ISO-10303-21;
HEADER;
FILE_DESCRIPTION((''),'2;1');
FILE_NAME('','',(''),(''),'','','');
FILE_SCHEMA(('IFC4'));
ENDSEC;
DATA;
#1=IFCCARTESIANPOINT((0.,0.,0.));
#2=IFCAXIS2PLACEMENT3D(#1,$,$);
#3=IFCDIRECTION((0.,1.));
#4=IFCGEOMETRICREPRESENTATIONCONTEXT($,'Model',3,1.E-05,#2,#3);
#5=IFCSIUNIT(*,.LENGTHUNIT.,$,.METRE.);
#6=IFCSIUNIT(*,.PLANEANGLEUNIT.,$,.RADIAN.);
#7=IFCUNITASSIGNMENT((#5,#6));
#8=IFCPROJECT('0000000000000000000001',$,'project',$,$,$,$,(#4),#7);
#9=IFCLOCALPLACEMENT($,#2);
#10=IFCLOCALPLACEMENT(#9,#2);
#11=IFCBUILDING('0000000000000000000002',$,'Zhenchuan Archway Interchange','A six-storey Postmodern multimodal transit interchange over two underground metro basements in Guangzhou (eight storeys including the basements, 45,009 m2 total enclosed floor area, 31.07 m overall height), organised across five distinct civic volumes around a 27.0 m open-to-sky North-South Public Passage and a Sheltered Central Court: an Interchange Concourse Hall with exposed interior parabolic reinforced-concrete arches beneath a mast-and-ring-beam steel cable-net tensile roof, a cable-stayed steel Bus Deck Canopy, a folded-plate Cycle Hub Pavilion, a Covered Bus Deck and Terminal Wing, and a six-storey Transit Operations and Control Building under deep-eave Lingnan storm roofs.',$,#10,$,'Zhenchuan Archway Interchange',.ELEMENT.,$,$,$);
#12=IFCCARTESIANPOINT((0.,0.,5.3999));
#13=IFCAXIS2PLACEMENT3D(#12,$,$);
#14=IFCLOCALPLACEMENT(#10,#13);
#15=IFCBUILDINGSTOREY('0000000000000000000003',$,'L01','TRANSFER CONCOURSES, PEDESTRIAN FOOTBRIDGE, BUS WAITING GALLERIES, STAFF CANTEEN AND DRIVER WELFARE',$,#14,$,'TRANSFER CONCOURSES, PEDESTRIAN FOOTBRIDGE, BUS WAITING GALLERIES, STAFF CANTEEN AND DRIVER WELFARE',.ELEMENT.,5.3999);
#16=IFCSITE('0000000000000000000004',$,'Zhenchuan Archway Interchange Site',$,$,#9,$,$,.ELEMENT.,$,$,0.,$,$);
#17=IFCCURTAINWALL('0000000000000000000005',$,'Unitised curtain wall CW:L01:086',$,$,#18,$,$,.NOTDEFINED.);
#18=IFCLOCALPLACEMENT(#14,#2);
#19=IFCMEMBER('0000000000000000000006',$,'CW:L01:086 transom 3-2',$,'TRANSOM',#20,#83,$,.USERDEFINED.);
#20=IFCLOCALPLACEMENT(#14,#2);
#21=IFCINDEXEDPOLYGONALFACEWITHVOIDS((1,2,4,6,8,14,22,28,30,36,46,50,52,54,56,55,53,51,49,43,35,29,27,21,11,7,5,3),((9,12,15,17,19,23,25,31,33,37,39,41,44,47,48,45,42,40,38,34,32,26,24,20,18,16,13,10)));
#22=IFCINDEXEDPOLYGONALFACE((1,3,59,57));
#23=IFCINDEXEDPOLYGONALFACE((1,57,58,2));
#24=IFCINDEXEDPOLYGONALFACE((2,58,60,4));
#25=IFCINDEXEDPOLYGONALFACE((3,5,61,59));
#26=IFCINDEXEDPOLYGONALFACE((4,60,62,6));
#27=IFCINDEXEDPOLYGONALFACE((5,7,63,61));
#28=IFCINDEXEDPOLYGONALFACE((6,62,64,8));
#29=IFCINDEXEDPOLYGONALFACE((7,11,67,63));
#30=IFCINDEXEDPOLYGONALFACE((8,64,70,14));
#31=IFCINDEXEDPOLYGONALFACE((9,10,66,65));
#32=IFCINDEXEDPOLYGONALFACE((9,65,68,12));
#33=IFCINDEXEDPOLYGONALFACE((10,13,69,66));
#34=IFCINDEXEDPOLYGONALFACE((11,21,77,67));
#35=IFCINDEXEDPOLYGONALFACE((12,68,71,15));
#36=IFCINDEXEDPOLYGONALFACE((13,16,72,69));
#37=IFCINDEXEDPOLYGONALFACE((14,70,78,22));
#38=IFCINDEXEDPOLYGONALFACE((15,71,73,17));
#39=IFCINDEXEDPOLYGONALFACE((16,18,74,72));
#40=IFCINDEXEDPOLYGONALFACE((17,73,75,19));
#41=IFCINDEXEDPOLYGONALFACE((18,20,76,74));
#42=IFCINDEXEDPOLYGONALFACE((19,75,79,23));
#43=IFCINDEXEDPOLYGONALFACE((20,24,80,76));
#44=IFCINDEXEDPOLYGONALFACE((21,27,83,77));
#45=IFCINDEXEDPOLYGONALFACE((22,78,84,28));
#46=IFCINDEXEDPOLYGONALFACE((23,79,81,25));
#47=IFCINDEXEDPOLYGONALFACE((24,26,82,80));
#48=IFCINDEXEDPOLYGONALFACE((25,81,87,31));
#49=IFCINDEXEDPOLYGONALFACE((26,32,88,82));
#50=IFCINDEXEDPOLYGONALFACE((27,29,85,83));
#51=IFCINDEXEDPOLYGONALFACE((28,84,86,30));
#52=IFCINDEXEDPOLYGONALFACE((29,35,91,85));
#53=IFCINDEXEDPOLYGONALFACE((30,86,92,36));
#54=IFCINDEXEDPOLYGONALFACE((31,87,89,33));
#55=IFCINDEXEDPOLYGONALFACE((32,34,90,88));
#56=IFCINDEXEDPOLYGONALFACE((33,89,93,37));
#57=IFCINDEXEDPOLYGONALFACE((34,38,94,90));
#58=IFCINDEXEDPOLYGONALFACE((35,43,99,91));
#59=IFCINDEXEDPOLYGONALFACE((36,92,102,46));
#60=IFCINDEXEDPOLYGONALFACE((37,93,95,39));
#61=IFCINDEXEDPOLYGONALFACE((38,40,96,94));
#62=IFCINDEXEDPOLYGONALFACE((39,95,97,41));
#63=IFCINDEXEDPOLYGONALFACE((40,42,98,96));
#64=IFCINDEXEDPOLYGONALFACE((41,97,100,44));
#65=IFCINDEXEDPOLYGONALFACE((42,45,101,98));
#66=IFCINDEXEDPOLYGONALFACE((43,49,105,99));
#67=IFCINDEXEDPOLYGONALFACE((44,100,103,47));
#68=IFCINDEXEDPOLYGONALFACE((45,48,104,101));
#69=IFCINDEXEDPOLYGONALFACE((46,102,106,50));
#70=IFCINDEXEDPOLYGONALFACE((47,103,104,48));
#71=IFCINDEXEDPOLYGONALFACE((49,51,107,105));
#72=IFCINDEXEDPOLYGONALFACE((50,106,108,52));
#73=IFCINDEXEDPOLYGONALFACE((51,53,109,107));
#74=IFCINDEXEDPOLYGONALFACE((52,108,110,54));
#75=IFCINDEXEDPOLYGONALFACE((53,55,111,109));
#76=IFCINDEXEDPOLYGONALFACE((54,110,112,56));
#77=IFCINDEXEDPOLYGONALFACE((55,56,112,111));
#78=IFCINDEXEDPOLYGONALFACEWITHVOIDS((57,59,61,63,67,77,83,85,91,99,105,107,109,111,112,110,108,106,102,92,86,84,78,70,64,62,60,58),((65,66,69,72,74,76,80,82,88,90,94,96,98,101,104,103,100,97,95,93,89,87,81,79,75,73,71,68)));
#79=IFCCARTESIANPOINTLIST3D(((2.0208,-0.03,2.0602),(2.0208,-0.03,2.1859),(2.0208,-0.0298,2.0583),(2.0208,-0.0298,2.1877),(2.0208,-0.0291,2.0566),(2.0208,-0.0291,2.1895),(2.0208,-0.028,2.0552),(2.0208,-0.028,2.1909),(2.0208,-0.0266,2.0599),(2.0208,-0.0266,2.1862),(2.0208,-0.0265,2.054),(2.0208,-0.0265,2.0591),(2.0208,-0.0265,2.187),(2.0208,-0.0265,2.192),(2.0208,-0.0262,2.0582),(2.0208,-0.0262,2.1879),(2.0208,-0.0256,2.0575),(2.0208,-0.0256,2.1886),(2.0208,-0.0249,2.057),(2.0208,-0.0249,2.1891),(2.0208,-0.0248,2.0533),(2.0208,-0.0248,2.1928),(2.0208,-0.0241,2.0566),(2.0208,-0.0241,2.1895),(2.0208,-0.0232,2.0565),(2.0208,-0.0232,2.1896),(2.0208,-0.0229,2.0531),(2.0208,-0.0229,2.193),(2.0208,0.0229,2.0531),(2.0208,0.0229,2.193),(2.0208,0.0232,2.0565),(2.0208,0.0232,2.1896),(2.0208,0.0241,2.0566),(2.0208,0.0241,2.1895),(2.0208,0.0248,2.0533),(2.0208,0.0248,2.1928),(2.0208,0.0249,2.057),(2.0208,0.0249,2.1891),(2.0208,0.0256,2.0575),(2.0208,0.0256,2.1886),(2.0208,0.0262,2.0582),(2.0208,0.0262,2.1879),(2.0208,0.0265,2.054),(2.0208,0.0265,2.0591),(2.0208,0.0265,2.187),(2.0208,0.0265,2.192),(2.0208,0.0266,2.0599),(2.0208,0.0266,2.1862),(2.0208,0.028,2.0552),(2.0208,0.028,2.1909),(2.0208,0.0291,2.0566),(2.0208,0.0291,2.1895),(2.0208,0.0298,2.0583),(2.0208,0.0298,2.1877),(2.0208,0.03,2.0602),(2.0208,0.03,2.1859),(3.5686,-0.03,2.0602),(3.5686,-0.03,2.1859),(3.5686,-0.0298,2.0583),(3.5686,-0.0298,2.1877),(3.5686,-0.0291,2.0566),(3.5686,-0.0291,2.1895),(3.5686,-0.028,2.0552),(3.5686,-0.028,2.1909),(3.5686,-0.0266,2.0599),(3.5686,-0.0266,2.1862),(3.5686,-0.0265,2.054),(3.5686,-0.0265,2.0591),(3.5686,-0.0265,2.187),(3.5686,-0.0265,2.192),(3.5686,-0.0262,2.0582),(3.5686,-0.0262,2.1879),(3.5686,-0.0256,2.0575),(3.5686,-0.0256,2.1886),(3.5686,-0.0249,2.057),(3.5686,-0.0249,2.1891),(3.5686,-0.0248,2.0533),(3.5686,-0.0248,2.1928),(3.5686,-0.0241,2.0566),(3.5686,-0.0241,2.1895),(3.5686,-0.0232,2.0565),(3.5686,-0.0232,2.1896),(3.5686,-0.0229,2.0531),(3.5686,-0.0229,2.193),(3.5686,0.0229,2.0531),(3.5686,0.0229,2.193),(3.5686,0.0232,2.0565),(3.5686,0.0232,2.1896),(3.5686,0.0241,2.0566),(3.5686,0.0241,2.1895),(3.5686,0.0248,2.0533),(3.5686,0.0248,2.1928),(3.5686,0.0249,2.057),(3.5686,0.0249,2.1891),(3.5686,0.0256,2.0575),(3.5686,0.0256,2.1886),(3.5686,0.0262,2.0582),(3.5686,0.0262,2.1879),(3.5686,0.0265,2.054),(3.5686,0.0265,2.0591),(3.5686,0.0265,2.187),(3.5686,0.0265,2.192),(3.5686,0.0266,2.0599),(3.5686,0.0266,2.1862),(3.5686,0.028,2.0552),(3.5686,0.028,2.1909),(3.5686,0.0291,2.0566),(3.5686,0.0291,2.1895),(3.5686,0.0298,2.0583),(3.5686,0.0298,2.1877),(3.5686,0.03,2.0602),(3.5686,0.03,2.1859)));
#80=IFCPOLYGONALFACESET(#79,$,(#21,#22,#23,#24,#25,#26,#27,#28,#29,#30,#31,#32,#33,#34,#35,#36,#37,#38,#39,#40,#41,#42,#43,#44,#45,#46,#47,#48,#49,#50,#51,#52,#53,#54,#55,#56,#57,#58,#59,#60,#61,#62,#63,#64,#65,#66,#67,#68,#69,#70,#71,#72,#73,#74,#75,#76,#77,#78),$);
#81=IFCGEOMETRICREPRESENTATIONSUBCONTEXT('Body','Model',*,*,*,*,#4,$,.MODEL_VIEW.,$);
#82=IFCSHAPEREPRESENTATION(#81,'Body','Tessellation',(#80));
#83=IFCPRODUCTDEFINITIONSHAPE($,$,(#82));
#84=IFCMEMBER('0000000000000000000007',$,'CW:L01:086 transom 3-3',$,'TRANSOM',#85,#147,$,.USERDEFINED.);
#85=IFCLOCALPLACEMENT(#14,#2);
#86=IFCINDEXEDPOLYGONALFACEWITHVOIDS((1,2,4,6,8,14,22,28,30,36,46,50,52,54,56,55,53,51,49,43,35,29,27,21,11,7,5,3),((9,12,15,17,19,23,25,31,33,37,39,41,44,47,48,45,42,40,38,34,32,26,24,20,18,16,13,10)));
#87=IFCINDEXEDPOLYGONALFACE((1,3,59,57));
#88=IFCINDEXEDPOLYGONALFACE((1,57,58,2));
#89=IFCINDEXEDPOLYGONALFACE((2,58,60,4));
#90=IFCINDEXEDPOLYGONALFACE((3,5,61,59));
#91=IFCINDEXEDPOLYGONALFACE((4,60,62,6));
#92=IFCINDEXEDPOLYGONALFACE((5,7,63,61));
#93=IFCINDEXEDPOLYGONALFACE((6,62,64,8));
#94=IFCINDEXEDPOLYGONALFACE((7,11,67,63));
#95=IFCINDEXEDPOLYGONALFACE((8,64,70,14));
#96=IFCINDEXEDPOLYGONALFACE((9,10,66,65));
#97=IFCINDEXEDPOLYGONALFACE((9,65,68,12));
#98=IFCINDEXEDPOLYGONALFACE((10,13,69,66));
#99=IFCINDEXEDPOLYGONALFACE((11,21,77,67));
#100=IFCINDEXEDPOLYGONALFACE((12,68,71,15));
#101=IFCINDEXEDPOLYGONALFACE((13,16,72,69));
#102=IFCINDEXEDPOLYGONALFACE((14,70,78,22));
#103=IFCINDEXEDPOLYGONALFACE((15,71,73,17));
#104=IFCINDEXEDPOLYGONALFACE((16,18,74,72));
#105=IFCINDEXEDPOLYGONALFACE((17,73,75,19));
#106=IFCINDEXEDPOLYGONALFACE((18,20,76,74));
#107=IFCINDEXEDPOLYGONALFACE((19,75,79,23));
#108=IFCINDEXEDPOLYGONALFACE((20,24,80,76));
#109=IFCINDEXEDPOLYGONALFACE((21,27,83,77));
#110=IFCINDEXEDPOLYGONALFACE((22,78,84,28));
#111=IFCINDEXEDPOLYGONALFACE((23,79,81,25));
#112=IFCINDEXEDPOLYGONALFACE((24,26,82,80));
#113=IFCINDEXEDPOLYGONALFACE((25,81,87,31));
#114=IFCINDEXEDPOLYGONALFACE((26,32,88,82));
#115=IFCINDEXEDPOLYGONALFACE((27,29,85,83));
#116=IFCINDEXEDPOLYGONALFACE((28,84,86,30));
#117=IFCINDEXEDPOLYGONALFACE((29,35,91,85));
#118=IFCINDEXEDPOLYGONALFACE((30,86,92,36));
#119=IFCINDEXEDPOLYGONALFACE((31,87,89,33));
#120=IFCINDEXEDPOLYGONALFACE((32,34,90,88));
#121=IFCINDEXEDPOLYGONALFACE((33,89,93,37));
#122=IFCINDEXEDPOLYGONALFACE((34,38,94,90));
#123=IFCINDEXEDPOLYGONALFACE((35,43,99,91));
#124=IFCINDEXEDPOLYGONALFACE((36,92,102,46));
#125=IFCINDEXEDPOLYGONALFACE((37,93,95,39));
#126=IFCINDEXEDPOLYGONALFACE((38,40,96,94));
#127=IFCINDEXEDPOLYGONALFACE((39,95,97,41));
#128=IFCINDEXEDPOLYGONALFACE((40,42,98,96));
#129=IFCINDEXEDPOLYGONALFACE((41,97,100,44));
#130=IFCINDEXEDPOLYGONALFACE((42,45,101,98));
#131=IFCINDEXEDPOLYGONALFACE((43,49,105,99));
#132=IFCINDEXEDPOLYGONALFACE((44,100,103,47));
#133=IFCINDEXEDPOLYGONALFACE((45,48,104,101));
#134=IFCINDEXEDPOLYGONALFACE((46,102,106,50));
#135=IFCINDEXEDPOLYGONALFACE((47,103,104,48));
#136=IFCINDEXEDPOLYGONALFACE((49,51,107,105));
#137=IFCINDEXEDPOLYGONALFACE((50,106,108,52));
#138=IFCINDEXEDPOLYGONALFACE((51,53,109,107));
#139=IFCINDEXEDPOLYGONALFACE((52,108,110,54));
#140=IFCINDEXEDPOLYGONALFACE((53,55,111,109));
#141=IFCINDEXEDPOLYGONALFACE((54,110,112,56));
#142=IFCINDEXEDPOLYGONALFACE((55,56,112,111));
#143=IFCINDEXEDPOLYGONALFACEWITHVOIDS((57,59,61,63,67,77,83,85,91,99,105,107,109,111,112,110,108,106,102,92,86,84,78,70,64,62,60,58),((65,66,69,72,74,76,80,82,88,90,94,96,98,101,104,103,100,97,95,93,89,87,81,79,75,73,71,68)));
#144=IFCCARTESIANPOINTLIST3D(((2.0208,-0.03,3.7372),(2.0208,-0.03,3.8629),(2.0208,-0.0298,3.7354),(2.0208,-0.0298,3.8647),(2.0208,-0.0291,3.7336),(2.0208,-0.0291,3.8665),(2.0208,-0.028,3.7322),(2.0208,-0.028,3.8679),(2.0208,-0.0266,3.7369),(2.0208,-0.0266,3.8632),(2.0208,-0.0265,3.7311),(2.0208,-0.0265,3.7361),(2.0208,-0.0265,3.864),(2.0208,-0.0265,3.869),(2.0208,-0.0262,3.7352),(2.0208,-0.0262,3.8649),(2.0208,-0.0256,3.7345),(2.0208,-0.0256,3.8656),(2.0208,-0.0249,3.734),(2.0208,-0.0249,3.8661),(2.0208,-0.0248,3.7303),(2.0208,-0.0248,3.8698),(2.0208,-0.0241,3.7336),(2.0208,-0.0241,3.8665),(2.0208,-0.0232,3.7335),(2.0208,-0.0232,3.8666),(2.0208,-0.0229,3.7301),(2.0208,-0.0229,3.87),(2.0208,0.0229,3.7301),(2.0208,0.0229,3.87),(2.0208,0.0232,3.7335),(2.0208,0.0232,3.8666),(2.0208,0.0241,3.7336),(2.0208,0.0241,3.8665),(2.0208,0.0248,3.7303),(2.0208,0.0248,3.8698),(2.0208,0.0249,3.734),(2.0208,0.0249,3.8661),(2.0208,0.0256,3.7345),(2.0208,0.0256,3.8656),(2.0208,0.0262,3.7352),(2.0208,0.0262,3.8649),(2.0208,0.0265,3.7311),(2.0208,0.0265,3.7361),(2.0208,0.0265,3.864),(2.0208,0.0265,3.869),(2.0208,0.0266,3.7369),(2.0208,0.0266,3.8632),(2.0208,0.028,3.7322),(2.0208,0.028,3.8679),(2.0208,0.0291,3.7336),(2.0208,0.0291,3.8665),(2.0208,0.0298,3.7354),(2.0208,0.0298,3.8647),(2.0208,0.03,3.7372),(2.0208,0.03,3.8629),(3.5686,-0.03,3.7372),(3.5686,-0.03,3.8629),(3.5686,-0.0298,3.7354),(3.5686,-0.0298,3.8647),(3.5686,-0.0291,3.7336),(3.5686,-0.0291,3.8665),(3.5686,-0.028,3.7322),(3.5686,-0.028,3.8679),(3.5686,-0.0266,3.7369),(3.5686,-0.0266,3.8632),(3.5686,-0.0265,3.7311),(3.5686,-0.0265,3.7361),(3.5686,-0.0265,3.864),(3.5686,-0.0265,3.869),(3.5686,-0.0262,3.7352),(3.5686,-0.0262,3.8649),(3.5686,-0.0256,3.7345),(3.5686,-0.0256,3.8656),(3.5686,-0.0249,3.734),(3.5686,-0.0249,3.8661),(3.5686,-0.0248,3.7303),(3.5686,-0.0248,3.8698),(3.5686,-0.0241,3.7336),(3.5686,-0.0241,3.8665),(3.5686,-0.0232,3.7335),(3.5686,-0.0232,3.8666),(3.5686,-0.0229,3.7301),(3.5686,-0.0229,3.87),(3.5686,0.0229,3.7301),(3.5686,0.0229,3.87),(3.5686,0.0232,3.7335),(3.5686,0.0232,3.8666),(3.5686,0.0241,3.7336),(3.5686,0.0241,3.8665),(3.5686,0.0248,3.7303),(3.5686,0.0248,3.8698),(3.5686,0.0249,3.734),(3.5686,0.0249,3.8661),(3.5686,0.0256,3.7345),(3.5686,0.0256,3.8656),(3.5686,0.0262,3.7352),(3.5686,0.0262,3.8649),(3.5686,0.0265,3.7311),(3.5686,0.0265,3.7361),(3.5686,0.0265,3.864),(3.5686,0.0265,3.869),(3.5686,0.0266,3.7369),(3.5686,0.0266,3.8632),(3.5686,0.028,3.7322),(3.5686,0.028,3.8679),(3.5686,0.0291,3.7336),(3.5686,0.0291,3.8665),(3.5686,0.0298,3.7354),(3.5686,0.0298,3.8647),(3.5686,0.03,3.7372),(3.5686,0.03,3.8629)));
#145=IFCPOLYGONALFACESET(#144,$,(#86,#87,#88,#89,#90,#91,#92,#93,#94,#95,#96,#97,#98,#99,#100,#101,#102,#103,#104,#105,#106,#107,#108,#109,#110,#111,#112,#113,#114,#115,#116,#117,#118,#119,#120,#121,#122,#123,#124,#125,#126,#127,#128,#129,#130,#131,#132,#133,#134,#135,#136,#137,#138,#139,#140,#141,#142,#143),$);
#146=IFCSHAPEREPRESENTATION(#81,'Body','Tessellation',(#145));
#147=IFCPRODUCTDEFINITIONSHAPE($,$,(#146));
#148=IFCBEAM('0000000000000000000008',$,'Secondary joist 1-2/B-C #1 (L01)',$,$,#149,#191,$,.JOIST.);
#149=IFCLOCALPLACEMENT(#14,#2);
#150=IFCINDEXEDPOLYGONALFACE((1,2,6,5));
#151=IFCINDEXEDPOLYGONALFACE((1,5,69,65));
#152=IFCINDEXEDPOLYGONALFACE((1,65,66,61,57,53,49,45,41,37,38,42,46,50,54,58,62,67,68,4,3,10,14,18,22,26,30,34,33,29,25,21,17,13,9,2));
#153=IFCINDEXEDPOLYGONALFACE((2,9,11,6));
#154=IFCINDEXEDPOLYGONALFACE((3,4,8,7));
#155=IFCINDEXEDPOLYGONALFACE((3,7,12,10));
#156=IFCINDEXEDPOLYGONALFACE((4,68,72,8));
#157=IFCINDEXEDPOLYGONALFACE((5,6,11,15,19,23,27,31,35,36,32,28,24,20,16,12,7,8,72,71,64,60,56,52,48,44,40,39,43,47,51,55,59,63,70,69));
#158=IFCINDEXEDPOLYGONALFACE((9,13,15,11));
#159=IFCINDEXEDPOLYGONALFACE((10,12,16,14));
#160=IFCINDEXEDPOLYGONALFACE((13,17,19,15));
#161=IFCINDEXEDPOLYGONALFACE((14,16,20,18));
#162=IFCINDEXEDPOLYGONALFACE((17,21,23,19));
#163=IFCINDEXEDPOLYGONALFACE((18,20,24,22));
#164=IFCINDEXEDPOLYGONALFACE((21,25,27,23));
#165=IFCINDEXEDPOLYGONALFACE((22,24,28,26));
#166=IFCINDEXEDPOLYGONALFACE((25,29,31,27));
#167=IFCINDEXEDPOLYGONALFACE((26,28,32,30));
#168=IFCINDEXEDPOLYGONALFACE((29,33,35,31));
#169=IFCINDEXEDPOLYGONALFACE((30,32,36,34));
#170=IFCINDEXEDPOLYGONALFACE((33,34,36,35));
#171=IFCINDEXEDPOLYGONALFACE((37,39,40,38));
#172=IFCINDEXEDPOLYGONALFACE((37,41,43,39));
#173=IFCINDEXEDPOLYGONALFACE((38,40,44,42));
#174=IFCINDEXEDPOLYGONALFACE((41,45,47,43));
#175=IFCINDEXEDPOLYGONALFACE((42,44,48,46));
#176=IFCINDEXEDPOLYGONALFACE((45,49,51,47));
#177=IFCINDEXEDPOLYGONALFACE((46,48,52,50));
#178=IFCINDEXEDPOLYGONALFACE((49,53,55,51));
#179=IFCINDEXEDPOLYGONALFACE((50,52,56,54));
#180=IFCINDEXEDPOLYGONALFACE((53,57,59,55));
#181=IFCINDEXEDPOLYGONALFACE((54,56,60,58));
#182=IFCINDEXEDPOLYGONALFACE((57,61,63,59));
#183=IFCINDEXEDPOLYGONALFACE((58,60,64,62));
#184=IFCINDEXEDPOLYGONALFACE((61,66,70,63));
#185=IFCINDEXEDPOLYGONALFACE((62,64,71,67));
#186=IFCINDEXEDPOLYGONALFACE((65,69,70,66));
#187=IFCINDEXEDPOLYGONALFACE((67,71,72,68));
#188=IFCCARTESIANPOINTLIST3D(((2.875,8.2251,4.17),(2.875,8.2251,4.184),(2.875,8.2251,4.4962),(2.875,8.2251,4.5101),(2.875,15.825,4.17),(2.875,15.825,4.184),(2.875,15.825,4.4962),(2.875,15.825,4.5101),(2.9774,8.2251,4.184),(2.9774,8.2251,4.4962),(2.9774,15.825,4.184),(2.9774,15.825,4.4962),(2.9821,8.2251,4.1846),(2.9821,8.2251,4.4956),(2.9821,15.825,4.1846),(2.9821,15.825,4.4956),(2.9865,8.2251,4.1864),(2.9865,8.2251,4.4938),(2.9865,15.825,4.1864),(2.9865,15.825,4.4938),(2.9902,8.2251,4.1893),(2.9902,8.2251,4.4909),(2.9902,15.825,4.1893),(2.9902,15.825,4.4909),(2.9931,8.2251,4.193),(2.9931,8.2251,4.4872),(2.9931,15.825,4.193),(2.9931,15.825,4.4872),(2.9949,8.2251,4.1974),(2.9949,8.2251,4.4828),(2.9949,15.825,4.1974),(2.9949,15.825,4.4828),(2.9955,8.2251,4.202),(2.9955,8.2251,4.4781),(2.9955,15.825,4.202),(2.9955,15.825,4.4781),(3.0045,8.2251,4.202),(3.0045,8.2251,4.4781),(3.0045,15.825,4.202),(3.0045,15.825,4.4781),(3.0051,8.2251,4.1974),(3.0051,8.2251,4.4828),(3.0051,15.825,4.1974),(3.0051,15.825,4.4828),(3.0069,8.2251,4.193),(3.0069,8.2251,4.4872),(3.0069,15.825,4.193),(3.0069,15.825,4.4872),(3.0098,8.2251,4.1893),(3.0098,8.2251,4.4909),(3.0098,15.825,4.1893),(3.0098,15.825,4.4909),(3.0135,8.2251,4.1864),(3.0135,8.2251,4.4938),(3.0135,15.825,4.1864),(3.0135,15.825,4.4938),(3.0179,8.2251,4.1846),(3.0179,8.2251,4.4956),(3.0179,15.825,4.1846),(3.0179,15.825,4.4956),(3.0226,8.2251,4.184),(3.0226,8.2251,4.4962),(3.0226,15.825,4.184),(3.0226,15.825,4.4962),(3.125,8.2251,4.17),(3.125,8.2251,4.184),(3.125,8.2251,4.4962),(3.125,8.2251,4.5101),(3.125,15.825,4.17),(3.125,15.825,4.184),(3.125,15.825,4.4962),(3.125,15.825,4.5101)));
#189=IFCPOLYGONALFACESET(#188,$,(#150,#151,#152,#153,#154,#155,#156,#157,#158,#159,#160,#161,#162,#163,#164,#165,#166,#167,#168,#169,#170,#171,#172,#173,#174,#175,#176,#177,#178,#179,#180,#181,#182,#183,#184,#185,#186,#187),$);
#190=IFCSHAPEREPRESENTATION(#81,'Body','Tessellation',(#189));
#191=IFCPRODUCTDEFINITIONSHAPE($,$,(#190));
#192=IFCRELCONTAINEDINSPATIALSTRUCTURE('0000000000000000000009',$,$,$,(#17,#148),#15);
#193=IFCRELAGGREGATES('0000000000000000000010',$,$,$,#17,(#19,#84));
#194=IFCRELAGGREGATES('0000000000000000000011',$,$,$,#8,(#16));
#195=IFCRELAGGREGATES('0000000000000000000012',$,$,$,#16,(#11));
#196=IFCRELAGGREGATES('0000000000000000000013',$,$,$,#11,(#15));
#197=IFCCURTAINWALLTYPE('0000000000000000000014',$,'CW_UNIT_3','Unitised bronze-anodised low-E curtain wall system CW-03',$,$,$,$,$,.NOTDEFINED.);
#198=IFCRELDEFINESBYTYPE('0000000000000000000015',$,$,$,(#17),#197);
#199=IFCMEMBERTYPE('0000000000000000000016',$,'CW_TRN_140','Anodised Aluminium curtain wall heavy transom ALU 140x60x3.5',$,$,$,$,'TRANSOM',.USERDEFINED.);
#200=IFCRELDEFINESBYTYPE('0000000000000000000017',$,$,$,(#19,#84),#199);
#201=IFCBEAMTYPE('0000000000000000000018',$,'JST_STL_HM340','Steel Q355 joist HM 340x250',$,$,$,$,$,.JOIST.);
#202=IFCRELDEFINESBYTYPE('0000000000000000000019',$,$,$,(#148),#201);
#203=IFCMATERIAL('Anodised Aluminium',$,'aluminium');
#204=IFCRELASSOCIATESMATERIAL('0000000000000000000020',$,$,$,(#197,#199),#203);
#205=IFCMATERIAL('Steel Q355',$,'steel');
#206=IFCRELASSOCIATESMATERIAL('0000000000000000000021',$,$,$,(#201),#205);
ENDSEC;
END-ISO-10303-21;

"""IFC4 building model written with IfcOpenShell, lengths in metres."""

from ifc_helpers import new_model, si_unit, direction, frame, origin, origin_2d, place, context, subcontext, project, spatial, hollow_rectangle, i_section, extrude, material, material_profile, profile_set, type_object, element, aggregate, save


model = new_model("IFC4")

# Units and contexts
model_context = context("Model", 3, precision=1e-05, world=origin(), true_north=direction((0.0, 1.0)))
body_context = subcontext(model_context, "Body", "Model", "MODEL_VIEW")
ifc_project = project(units=[si_unit("LENGTHUNIT", "METRE"), si_unit("PLANEANGLEUNIT", "RADIAN")], contexts=[model_context])

# Site, building, storey
site_placement = place(None, origin())
site = spatial("IfcSite", under=ifc_project, at=site_placement, Name="Zhenchuan Archway Interchange Site", CompositionType="ELEMENT", RefElevation=0.0)
building_placement = place(site_placement, origin())
building = spatial("IfcBuilding", under=site, at=building_placement, Name="Zhenchuan Archway Interchange", Description="A six-storey Postmodern multimodal transit interchange over two underground metro basements in Guangzhou (eight storeys including the basements, 45,009 m2 total enclosed floor area, 31.07 m overall height), organised across five distinct civic volumes around a 27.0 m open-to-sky North-South Public Passage and a Sheltered Central Court: an Interchange Concourse Hall with exposed interior parabolic reinforced-concrete arches beneath a mast-and-ring-beam steel cable-net tensile roof, a cable-stayed steel Bus Deck Canopy, a folded-plate Cycle Hub Pavilion, a Covered Bus Deck and Terminal Wing, and a six-storey Transit Operations and Control Building under deep-eave Lingnan storm roofs.", LongName="Zhenchuan Archway Interchange", CompositionType="ELEMENT")
storey_placement = place(building_placement, frame((0.0, 0.0, 5.3999)))
storey = spatial("IfcBuildingStorey", under=building, at=storey_placement, Name="L01", Description="TRANSFER CONCOURSES, PEDESTRIAN FOOTBRIDGE, BUS WAITING GALLERIES, STAFF CANTEEN AND DRIVER WELFARE", LongName="TRANSFER CONCOURSES, PEDESTRIAN FOOTBRIDGE, BUS WAITING GALLERIES, STAFF CANTEEN AND DRIVER WELFARE", CompositionType="ELEMENT", Elevation=5.3999)

# Curtain wall, members
ifc_material_1 = material(Name="Anodised Aluminium", Category="aluminium")
curtain_wall_type = type_object("IfcCurtainWallType", Name="CW_UNIT_3", Description="Unitised bronze-anodised low-E curtain wall system CW-03", PredefinedType="NOTDEFINED", material=ifc_material_1)
curtain_wall_placement = place(storey_placement, origin())
curtain_wall = element("IfcCurtainWall", 1, at=curtain_wall_placement, inside=storey, type_object=curtain_wall_type, Name="Unitised curtain wall CW:L01:086", PredefinedType="NOTDEFINED")
ifc_material_profile_1 = material_profile(ifc_material_1, hollow_rectangle(XDim=0.0601, YDim=0.1399, WallThickness=0.0034, InnerFilletRadius=0.0034, OuterFilletRadius=0.0071, at=origin_2d()), Name="ALU 140x60x3.5")
ifc_profile_set_1 = profile_set([ifc_material_profile_1], Name="Anodised Aluminium")
member_type_1 = type_object("IfcMemberType", Name="CW_TRN_140", Description="Anodised Aluminium curtain wall heavy transom ALU 140x60x3.5", ElementType="TRANSOM", PredefinedType="USERDEFINED", material=ifc_profile_set_1)
member_1_placement = place(storey_placement, frame((3.5686, 0.0, 2.123), z_axis=(-1.0, 0.0, 0.0), x_axis=(0.0, -1.0, 0.0)))
member_1 = element("IfcMember", 2, at=member_1_placement, type_object=member_type_1, Name="CW:L01:086 transom 3-2", ObjectType="TRANSOM", PredefinedType="USERDEFINED", context=body_context, shape_type="SweptSolid", body=[
    extrude(hollow_rectangle(XDim=0.0601, YDim=0.1399, WallThickness=0.0034, InnerFilletRadius=0.0034, OuterFilletRadius=0.0071, at=origin_2d()), origin(), (0.0, 0.0, 1.0), 1.5479),
])
member_2_placement = place(storey_placement, frame((3.5686, 0.0, 3.8), z_axis=(-1.0, 0.0, 0.0), x_axis=(0.0, -1.0, 0.0)))
member_2 = element("IfcMember", 3, at=member_2_placement, type_object=member_type_1, Name="CW:L01:086 transom 3-3", ObjectType="TRANSOM", PredefinedType="USERDEFINED", context=body_context, shape_type="SweptSolid", body=[
    extrude(hollow_rectangle(XDim=0.0601, YDim=0.1399, WallThickness=0.0034, InnerFilletRadius=0.0034, OuterFilletRadius=0.0071, at=origin_2d()), origin(), (0.0, 0.0, 1.0), 1.5479),
])

# Beam
ifc_material_2 = material(Name="Steel Q355", Category="steel")
ifc_material_profile_2 = material_profile(ifc_material_2, i_section(OverallWidth=0.25, OverallDepth=0.3401, WebThickness=0.009, FlangeThickness=0.0139, FilletRadius=0.0181, at=origin_2d()), Name="HM 340x250")
ifc_profile_set_2 = profile_set([ifc_material_profile_2], Name="Steel Q355")
beam_type = type_object("IfcBeamType", Name="JST_STL_HM340", Description="Steel Q355 joist HM 340x250", PredefinedType="JOIST", material=ifc_profile_set_2)
for number, where, z_axis, x_axis, name in (
    (4, (3.0, 8.2251, 4.3401), (0.0, 1.0, 0.0), (-1.0, 0.0, 0.0), "Secondary joist 1-2/B-C #1 (L01)"),
):
    element("IfcBeam", number, at=place(storey_placement, frame(where, z_axis=z_axis, x_axis=x_axis)), inside=storey, type_object=beam_type, Name=name, PredefinedType="JOIST", context=body_context, shape_type="SweptSolid", body=[
        extrude(i_section(OverallWidth=0.25, OverallDepth=0.3401, WebThickness=0.009, FlangeThickness=0.0139, FilletRadius=0.0181, at=origin_2d()), origin(), (0.0, 0.0, 1.0), 7.5999),
    ])

aggregate(curtain_wall, [member_1, member_2])

save(model, "model.ifc")
